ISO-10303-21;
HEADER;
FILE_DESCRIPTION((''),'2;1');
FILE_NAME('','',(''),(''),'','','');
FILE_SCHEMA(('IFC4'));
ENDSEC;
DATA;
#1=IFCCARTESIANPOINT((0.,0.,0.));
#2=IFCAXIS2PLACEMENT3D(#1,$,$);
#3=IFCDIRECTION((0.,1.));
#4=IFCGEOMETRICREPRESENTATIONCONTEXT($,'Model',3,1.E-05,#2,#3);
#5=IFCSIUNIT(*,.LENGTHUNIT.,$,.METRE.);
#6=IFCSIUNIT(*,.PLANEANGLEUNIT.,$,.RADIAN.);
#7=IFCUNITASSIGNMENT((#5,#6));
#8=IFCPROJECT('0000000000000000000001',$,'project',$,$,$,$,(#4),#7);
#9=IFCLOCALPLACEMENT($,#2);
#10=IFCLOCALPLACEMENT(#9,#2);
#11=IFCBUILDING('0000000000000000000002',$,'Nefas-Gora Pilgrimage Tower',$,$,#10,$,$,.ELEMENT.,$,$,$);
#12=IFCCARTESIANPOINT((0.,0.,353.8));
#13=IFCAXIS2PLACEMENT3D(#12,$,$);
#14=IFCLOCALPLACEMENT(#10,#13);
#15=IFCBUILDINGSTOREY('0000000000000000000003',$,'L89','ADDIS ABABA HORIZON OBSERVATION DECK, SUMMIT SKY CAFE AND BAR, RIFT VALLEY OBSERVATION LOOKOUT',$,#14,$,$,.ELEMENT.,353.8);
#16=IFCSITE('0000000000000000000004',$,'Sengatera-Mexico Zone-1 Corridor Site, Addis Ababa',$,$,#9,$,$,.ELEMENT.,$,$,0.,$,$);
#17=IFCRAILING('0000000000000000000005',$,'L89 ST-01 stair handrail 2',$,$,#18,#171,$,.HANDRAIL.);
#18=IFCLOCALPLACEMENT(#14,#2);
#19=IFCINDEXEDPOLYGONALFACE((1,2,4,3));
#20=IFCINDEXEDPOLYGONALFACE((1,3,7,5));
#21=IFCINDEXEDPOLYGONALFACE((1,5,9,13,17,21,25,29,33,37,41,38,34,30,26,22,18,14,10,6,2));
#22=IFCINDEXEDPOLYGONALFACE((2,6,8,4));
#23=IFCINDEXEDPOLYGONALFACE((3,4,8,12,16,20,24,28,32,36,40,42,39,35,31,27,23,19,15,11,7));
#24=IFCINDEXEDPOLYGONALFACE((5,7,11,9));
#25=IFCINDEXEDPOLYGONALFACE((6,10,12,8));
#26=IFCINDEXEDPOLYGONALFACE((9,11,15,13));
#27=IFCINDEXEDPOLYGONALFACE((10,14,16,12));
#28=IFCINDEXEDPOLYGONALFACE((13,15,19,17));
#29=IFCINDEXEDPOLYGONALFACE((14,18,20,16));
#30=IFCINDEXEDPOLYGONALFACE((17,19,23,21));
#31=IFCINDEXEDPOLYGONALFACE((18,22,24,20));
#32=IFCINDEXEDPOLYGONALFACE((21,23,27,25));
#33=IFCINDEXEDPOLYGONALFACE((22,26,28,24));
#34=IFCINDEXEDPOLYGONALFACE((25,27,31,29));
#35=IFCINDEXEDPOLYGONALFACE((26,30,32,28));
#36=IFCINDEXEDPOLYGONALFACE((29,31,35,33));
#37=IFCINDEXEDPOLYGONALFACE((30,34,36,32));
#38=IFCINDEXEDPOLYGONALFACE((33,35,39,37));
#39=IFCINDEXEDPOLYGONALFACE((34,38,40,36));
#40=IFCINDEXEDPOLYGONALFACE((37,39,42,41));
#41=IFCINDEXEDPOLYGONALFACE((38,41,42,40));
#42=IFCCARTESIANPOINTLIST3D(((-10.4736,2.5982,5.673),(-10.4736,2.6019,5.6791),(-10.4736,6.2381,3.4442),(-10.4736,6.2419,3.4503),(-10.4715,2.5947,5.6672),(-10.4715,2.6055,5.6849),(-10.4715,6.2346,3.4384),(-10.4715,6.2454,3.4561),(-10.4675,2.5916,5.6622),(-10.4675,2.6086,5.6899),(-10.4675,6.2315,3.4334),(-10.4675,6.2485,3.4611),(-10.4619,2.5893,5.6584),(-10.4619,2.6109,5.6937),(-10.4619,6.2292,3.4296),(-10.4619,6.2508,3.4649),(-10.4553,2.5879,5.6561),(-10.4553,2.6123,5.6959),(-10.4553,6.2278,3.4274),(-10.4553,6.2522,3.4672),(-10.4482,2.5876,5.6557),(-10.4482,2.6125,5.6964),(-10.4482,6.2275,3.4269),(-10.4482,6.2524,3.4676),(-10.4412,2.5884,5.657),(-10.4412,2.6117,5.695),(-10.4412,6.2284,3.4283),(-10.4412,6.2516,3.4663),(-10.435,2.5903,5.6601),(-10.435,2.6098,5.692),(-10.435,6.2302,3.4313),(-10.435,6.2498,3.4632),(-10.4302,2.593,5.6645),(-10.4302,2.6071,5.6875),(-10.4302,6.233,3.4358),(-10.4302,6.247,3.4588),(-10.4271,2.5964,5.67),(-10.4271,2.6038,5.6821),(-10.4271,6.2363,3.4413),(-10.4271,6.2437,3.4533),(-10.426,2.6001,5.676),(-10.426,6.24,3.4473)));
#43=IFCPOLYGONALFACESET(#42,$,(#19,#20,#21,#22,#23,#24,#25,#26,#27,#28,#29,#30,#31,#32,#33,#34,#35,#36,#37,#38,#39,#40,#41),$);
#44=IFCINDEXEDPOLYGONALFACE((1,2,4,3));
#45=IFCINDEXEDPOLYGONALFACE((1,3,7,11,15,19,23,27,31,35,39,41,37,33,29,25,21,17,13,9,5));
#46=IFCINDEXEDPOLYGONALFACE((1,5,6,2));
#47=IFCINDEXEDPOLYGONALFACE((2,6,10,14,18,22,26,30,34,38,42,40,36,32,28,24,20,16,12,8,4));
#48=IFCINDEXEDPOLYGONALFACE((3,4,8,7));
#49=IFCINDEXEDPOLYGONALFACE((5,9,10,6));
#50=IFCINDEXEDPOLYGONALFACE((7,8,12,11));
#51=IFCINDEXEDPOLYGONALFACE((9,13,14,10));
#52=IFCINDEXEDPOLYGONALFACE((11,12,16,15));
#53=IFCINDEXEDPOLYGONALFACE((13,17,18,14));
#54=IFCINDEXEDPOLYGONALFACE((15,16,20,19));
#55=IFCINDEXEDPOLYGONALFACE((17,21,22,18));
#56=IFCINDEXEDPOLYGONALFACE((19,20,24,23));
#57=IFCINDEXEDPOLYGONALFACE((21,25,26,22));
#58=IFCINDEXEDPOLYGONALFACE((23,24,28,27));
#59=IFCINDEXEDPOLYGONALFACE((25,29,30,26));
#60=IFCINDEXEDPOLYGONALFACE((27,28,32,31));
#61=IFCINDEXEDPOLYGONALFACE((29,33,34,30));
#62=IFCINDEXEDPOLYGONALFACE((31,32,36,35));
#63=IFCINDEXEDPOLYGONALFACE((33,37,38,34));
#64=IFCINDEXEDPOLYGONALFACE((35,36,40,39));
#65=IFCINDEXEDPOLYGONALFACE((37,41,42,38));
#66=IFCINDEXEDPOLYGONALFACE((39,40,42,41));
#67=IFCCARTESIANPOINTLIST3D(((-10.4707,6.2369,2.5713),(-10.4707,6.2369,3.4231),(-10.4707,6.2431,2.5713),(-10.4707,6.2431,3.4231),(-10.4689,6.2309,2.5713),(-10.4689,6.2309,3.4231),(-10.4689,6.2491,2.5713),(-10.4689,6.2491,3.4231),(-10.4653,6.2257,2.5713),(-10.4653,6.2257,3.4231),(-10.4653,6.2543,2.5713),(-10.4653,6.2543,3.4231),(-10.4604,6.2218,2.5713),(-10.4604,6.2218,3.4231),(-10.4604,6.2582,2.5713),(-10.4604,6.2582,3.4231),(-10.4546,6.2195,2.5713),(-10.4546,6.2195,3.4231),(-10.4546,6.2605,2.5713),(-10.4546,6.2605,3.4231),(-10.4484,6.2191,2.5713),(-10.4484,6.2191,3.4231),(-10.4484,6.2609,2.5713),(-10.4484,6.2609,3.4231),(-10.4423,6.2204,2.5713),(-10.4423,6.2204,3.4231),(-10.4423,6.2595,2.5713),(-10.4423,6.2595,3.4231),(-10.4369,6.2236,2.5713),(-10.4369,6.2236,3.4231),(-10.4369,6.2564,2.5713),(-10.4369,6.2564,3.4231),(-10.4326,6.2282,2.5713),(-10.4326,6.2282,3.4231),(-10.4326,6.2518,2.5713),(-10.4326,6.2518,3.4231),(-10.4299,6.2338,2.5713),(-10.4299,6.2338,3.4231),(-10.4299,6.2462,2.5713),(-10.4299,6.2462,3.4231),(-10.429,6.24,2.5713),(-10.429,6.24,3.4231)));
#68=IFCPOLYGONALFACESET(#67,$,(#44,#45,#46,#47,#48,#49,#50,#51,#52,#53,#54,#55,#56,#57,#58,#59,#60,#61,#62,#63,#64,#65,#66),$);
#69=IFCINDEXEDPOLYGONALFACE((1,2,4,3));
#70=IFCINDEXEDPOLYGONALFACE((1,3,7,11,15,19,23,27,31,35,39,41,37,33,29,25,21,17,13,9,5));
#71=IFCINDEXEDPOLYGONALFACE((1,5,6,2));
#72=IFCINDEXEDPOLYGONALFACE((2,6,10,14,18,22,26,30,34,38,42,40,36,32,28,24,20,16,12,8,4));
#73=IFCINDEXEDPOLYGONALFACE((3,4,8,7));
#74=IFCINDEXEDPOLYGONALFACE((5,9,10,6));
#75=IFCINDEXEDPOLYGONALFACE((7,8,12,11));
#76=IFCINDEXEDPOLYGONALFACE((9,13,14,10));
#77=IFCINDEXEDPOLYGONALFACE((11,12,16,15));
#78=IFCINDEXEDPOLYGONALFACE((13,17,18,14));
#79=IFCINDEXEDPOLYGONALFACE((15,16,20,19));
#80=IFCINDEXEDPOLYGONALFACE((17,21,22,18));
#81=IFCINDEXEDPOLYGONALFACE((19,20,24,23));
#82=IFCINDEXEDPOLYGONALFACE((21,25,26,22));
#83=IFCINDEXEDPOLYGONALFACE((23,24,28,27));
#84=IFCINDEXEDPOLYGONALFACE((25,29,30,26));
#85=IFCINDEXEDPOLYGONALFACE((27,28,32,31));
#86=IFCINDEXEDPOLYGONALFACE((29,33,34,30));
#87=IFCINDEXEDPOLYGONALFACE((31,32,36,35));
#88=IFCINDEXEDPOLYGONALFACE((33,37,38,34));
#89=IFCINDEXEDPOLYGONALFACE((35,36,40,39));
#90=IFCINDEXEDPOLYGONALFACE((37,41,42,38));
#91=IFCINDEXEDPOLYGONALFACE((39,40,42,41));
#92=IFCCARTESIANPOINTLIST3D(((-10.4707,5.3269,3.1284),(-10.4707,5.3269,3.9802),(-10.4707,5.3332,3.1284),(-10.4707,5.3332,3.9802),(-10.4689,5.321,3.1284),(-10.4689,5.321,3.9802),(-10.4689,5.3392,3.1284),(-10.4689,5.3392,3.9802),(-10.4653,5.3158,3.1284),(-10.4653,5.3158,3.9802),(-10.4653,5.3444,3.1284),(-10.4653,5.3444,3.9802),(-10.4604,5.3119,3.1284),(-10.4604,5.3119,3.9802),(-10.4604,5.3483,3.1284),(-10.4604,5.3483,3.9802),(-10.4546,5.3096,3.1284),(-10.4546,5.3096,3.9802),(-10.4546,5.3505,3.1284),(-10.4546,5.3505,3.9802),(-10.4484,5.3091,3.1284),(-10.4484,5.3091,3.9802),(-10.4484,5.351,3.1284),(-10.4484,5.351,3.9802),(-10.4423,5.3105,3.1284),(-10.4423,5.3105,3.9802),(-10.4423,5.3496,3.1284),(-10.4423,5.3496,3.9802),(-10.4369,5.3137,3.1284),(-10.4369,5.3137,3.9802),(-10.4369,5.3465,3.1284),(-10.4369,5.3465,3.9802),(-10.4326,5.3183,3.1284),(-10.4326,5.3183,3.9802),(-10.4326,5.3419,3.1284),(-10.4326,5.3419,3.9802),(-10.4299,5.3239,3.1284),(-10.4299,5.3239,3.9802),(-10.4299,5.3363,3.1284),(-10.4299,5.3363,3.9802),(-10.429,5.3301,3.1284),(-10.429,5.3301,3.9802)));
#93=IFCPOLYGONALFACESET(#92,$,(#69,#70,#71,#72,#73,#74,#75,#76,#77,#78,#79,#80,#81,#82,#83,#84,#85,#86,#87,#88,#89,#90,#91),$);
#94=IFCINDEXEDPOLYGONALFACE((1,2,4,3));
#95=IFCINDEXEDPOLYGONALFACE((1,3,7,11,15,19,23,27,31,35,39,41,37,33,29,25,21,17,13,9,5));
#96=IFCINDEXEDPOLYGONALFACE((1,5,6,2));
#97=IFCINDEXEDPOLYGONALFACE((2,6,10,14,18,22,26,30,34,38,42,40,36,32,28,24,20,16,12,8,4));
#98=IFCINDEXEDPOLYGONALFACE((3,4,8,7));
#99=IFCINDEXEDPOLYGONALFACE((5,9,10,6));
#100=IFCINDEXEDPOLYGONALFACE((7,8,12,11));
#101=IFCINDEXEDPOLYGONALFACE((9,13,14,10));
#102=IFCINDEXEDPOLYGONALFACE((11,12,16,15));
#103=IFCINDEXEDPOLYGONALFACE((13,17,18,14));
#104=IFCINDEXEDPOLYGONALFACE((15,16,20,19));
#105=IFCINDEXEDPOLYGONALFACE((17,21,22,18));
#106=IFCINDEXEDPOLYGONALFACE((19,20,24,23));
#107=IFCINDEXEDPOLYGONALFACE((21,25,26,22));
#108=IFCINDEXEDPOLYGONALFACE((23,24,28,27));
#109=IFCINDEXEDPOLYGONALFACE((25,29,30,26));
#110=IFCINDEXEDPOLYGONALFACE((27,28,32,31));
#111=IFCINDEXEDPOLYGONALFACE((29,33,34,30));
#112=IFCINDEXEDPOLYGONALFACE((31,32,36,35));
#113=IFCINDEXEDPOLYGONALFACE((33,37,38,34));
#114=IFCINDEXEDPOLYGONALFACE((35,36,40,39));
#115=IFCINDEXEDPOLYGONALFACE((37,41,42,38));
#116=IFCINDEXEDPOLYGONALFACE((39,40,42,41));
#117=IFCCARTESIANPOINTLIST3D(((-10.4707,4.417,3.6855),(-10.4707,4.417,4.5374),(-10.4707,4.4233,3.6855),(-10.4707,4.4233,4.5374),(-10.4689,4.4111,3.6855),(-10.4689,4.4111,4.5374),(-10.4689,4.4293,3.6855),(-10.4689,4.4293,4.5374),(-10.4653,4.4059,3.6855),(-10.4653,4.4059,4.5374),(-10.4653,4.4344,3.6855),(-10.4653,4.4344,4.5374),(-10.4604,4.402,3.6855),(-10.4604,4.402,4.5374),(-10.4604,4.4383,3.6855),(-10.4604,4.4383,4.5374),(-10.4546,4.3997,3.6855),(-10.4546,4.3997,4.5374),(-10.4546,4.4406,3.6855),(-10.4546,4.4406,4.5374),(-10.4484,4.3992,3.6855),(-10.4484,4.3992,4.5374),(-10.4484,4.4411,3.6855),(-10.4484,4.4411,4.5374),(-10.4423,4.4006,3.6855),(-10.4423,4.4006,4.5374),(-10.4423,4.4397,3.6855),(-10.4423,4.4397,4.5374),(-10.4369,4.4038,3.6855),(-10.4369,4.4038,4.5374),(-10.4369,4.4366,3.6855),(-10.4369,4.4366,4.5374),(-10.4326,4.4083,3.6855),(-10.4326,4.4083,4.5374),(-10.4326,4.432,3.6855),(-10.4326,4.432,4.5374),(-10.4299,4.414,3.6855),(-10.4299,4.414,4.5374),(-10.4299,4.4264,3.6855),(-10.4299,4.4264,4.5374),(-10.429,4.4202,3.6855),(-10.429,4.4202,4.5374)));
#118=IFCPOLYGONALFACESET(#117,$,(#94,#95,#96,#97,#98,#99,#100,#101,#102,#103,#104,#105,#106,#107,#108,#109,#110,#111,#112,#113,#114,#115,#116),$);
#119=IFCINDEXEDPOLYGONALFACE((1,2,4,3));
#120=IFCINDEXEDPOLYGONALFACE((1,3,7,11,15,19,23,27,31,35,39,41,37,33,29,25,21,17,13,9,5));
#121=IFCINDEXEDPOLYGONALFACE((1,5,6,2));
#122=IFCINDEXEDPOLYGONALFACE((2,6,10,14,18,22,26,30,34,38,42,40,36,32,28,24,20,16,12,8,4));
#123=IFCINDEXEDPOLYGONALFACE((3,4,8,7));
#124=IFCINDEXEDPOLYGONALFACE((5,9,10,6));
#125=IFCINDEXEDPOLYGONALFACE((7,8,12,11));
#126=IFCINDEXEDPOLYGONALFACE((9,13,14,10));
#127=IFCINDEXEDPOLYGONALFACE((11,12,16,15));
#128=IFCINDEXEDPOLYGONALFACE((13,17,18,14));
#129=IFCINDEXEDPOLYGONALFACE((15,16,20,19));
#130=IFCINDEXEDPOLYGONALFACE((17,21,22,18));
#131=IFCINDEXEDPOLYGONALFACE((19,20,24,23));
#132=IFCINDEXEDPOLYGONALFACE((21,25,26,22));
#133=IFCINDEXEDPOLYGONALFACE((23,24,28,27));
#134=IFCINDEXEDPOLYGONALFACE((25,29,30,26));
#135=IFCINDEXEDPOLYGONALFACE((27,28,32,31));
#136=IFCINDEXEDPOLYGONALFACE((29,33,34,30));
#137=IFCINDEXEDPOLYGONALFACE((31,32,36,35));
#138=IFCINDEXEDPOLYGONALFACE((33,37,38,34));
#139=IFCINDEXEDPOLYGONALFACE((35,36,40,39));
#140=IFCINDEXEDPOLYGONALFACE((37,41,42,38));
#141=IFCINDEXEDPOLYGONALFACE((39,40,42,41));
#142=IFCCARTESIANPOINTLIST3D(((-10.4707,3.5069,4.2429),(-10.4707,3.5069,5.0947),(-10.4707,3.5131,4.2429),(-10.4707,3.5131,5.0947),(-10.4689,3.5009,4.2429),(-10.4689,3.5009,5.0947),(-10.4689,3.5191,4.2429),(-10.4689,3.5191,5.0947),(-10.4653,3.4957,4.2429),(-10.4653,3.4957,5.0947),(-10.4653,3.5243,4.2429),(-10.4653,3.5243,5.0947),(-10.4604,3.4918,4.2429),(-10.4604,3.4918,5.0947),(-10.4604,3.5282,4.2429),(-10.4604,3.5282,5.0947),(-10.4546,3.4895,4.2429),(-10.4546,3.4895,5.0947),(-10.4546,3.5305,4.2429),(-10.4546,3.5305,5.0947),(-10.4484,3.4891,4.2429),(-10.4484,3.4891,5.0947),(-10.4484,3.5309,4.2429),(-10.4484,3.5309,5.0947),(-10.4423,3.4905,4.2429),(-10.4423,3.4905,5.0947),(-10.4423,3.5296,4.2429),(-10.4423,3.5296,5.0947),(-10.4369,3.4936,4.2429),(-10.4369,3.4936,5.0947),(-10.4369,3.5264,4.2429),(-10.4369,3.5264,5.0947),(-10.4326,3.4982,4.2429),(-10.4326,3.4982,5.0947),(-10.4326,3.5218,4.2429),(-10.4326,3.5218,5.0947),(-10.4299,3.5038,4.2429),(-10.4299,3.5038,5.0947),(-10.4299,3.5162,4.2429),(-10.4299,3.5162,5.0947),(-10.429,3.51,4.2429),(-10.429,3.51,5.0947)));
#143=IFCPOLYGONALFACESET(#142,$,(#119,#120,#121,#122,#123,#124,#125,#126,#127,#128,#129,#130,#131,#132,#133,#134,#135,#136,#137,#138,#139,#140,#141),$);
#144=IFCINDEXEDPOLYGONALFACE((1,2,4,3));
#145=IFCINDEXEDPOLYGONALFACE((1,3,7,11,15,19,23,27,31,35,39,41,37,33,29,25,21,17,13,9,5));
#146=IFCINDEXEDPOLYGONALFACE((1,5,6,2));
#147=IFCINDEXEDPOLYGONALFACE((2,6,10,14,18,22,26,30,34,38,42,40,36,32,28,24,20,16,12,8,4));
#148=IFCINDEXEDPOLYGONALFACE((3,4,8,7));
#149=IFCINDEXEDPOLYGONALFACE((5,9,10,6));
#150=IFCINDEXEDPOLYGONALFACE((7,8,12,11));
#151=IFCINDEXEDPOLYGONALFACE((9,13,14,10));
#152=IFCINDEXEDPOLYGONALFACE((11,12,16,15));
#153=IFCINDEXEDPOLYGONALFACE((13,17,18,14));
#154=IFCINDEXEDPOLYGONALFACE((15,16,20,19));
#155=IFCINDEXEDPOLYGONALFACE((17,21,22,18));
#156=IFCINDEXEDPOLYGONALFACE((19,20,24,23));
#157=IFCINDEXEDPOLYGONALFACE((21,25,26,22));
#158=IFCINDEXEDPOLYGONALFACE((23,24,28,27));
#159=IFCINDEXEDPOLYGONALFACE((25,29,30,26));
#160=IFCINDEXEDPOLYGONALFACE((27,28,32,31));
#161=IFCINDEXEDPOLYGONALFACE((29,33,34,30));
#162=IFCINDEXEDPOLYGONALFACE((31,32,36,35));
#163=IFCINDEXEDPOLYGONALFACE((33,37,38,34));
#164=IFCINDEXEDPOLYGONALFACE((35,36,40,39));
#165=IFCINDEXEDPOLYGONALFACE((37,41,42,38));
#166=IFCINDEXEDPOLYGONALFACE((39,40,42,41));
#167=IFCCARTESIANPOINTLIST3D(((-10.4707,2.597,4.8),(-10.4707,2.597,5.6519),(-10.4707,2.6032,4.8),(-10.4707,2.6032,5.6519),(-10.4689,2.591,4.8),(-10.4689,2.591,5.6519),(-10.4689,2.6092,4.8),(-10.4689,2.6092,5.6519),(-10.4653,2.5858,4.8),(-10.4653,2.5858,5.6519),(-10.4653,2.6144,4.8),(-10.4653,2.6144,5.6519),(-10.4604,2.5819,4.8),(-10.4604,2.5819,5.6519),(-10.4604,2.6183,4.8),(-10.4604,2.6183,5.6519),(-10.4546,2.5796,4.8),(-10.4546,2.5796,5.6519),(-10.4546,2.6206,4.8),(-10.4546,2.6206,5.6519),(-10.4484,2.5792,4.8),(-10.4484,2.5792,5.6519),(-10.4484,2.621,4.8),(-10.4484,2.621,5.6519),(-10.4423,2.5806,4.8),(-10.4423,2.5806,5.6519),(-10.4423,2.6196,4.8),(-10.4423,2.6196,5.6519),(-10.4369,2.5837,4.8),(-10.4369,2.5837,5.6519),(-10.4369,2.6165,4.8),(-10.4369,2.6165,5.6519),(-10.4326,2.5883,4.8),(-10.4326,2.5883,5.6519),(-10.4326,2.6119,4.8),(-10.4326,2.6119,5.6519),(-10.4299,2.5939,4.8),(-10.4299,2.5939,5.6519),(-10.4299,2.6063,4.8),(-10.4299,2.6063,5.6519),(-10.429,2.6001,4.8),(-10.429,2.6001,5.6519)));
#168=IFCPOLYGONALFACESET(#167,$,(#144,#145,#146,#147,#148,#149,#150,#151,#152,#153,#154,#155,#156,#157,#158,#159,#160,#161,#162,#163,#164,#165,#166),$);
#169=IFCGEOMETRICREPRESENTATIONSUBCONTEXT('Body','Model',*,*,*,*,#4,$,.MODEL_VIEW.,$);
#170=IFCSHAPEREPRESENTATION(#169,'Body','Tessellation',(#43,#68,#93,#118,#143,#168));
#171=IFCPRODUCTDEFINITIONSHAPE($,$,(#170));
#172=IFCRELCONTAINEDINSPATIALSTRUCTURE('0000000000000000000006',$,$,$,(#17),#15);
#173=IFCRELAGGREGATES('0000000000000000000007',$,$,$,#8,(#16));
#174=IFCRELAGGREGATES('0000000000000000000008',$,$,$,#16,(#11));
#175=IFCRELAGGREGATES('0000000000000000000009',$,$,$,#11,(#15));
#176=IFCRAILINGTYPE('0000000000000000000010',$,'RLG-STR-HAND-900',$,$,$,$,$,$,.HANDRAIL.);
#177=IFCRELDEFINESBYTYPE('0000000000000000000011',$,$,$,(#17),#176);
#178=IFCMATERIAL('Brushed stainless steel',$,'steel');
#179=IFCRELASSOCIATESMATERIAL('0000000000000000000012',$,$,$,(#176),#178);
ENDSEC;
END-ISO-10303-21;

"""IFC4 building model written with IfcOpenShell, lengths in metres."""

from ifc_helpers import new_model, si_unit, direction, frame, origin, origin_2d, place, context, subcontext, project, spatial, circle, extrude, material, type_object, element, save


model = new_model("IFC4")

# Units and contexts
model_context = context("Model", 3, precision=1e-05, world=origin(), true_north=direction((0.0, 1.0)))
body_context = subcontext(model_context, "Body", "Model", "MODEL_VIEW")
ifc_project = project(units=[si_unit("LENGTHUNIT", "METRE"), si_unit("PLANEANGLEUNIT", "RADIAN")], contexts=[model_context])

# Site, building, storey
site_placement = place(None, origin())
site = spatial("IfcSite", under=ifc_project, at=site_placement, Name="Sengatera-Mexico Zone-1 Corridor Site, Addis Ababa", CompositionType="ELEMENT", RefElevation=0.0)
building_placement = place(site_placement, origin())
building = spatial("IfcBuilding", under=site, at=building_placement, Name="Nefas-Gora Pilgrimage Tower", CompositionType="ELEMENT")
storey_placement = place(building_placement, frame((0.0, 0.0, 353.8)))
storey = spatial("IfcBuildingStorey", under=building, at=storey_placement, Name="L89", Description="ADDIS ABABA HORIZON OBSERVATION DECK, SUMMIT SKY CAFE AND BAR, RIFT VALLEY OBSERVATION LOOKOUT", CompositionType="ELEMENT", Elevation=353.8)

# Railing
ifc_material_1 = material(Name="Brushed stainless steel", Category="steel")
railing_type_1 = type_object("IfcRailingType", Name="RLG-STR-HAND-900", PredefinedType="HANDRAIL", material=ifc_material_1)
railing_1_placement = place(storey_placement, frame((-10.45, 6.24, 2.5713)))
element("IfcRailing", 1, at=railing_1_placement, inside=storey, type_object=railing_type_1, Name="L89 ST-01 stair handrail 2", PredefinedType="HANDRAIL", context=body_context, shape_type="SweptSolid", body=[
    extrude(circle(Radius=0.0239, at=origin_2d()), frame((0.0, 0.0, 0.876), z_axis=(0.0, -0.852825, 0.522197), x_axis=(1.0, 0.0, 0.0)), (0.0, 0.0, 1.0), 4.2681),
    extrude(circle(Radius=0.021, at=origin_2d()), origin(), (0.0, 0.0, 1.0), 0.8518),
    extrude(circle(Radius=0.021, at=origin_2d()), frame((0.0, -0.9099, 0.5571)), (0.0, 0.0, 1.0), 0.8518),
    extrude(circle(Radius=0.021, at=origin_2d()), frame((0.0, -1.8198, 1.1143)), (0.0, 0.0, 1.0), 0.8518),
    extrude(circle(Radius=0.021, at=origin_2d()), frame((0.0, -2.73, 1.6716)), (0.0, 0.0, 1.0), 0.8518),
    extrude(circle(Radius=0.021, at=origin_2d()), frame((0.0, -3.6399, 2.2288)), (0.0, 0.0, 1.0), 0.8518),
])

save(model, "model.ifc")
